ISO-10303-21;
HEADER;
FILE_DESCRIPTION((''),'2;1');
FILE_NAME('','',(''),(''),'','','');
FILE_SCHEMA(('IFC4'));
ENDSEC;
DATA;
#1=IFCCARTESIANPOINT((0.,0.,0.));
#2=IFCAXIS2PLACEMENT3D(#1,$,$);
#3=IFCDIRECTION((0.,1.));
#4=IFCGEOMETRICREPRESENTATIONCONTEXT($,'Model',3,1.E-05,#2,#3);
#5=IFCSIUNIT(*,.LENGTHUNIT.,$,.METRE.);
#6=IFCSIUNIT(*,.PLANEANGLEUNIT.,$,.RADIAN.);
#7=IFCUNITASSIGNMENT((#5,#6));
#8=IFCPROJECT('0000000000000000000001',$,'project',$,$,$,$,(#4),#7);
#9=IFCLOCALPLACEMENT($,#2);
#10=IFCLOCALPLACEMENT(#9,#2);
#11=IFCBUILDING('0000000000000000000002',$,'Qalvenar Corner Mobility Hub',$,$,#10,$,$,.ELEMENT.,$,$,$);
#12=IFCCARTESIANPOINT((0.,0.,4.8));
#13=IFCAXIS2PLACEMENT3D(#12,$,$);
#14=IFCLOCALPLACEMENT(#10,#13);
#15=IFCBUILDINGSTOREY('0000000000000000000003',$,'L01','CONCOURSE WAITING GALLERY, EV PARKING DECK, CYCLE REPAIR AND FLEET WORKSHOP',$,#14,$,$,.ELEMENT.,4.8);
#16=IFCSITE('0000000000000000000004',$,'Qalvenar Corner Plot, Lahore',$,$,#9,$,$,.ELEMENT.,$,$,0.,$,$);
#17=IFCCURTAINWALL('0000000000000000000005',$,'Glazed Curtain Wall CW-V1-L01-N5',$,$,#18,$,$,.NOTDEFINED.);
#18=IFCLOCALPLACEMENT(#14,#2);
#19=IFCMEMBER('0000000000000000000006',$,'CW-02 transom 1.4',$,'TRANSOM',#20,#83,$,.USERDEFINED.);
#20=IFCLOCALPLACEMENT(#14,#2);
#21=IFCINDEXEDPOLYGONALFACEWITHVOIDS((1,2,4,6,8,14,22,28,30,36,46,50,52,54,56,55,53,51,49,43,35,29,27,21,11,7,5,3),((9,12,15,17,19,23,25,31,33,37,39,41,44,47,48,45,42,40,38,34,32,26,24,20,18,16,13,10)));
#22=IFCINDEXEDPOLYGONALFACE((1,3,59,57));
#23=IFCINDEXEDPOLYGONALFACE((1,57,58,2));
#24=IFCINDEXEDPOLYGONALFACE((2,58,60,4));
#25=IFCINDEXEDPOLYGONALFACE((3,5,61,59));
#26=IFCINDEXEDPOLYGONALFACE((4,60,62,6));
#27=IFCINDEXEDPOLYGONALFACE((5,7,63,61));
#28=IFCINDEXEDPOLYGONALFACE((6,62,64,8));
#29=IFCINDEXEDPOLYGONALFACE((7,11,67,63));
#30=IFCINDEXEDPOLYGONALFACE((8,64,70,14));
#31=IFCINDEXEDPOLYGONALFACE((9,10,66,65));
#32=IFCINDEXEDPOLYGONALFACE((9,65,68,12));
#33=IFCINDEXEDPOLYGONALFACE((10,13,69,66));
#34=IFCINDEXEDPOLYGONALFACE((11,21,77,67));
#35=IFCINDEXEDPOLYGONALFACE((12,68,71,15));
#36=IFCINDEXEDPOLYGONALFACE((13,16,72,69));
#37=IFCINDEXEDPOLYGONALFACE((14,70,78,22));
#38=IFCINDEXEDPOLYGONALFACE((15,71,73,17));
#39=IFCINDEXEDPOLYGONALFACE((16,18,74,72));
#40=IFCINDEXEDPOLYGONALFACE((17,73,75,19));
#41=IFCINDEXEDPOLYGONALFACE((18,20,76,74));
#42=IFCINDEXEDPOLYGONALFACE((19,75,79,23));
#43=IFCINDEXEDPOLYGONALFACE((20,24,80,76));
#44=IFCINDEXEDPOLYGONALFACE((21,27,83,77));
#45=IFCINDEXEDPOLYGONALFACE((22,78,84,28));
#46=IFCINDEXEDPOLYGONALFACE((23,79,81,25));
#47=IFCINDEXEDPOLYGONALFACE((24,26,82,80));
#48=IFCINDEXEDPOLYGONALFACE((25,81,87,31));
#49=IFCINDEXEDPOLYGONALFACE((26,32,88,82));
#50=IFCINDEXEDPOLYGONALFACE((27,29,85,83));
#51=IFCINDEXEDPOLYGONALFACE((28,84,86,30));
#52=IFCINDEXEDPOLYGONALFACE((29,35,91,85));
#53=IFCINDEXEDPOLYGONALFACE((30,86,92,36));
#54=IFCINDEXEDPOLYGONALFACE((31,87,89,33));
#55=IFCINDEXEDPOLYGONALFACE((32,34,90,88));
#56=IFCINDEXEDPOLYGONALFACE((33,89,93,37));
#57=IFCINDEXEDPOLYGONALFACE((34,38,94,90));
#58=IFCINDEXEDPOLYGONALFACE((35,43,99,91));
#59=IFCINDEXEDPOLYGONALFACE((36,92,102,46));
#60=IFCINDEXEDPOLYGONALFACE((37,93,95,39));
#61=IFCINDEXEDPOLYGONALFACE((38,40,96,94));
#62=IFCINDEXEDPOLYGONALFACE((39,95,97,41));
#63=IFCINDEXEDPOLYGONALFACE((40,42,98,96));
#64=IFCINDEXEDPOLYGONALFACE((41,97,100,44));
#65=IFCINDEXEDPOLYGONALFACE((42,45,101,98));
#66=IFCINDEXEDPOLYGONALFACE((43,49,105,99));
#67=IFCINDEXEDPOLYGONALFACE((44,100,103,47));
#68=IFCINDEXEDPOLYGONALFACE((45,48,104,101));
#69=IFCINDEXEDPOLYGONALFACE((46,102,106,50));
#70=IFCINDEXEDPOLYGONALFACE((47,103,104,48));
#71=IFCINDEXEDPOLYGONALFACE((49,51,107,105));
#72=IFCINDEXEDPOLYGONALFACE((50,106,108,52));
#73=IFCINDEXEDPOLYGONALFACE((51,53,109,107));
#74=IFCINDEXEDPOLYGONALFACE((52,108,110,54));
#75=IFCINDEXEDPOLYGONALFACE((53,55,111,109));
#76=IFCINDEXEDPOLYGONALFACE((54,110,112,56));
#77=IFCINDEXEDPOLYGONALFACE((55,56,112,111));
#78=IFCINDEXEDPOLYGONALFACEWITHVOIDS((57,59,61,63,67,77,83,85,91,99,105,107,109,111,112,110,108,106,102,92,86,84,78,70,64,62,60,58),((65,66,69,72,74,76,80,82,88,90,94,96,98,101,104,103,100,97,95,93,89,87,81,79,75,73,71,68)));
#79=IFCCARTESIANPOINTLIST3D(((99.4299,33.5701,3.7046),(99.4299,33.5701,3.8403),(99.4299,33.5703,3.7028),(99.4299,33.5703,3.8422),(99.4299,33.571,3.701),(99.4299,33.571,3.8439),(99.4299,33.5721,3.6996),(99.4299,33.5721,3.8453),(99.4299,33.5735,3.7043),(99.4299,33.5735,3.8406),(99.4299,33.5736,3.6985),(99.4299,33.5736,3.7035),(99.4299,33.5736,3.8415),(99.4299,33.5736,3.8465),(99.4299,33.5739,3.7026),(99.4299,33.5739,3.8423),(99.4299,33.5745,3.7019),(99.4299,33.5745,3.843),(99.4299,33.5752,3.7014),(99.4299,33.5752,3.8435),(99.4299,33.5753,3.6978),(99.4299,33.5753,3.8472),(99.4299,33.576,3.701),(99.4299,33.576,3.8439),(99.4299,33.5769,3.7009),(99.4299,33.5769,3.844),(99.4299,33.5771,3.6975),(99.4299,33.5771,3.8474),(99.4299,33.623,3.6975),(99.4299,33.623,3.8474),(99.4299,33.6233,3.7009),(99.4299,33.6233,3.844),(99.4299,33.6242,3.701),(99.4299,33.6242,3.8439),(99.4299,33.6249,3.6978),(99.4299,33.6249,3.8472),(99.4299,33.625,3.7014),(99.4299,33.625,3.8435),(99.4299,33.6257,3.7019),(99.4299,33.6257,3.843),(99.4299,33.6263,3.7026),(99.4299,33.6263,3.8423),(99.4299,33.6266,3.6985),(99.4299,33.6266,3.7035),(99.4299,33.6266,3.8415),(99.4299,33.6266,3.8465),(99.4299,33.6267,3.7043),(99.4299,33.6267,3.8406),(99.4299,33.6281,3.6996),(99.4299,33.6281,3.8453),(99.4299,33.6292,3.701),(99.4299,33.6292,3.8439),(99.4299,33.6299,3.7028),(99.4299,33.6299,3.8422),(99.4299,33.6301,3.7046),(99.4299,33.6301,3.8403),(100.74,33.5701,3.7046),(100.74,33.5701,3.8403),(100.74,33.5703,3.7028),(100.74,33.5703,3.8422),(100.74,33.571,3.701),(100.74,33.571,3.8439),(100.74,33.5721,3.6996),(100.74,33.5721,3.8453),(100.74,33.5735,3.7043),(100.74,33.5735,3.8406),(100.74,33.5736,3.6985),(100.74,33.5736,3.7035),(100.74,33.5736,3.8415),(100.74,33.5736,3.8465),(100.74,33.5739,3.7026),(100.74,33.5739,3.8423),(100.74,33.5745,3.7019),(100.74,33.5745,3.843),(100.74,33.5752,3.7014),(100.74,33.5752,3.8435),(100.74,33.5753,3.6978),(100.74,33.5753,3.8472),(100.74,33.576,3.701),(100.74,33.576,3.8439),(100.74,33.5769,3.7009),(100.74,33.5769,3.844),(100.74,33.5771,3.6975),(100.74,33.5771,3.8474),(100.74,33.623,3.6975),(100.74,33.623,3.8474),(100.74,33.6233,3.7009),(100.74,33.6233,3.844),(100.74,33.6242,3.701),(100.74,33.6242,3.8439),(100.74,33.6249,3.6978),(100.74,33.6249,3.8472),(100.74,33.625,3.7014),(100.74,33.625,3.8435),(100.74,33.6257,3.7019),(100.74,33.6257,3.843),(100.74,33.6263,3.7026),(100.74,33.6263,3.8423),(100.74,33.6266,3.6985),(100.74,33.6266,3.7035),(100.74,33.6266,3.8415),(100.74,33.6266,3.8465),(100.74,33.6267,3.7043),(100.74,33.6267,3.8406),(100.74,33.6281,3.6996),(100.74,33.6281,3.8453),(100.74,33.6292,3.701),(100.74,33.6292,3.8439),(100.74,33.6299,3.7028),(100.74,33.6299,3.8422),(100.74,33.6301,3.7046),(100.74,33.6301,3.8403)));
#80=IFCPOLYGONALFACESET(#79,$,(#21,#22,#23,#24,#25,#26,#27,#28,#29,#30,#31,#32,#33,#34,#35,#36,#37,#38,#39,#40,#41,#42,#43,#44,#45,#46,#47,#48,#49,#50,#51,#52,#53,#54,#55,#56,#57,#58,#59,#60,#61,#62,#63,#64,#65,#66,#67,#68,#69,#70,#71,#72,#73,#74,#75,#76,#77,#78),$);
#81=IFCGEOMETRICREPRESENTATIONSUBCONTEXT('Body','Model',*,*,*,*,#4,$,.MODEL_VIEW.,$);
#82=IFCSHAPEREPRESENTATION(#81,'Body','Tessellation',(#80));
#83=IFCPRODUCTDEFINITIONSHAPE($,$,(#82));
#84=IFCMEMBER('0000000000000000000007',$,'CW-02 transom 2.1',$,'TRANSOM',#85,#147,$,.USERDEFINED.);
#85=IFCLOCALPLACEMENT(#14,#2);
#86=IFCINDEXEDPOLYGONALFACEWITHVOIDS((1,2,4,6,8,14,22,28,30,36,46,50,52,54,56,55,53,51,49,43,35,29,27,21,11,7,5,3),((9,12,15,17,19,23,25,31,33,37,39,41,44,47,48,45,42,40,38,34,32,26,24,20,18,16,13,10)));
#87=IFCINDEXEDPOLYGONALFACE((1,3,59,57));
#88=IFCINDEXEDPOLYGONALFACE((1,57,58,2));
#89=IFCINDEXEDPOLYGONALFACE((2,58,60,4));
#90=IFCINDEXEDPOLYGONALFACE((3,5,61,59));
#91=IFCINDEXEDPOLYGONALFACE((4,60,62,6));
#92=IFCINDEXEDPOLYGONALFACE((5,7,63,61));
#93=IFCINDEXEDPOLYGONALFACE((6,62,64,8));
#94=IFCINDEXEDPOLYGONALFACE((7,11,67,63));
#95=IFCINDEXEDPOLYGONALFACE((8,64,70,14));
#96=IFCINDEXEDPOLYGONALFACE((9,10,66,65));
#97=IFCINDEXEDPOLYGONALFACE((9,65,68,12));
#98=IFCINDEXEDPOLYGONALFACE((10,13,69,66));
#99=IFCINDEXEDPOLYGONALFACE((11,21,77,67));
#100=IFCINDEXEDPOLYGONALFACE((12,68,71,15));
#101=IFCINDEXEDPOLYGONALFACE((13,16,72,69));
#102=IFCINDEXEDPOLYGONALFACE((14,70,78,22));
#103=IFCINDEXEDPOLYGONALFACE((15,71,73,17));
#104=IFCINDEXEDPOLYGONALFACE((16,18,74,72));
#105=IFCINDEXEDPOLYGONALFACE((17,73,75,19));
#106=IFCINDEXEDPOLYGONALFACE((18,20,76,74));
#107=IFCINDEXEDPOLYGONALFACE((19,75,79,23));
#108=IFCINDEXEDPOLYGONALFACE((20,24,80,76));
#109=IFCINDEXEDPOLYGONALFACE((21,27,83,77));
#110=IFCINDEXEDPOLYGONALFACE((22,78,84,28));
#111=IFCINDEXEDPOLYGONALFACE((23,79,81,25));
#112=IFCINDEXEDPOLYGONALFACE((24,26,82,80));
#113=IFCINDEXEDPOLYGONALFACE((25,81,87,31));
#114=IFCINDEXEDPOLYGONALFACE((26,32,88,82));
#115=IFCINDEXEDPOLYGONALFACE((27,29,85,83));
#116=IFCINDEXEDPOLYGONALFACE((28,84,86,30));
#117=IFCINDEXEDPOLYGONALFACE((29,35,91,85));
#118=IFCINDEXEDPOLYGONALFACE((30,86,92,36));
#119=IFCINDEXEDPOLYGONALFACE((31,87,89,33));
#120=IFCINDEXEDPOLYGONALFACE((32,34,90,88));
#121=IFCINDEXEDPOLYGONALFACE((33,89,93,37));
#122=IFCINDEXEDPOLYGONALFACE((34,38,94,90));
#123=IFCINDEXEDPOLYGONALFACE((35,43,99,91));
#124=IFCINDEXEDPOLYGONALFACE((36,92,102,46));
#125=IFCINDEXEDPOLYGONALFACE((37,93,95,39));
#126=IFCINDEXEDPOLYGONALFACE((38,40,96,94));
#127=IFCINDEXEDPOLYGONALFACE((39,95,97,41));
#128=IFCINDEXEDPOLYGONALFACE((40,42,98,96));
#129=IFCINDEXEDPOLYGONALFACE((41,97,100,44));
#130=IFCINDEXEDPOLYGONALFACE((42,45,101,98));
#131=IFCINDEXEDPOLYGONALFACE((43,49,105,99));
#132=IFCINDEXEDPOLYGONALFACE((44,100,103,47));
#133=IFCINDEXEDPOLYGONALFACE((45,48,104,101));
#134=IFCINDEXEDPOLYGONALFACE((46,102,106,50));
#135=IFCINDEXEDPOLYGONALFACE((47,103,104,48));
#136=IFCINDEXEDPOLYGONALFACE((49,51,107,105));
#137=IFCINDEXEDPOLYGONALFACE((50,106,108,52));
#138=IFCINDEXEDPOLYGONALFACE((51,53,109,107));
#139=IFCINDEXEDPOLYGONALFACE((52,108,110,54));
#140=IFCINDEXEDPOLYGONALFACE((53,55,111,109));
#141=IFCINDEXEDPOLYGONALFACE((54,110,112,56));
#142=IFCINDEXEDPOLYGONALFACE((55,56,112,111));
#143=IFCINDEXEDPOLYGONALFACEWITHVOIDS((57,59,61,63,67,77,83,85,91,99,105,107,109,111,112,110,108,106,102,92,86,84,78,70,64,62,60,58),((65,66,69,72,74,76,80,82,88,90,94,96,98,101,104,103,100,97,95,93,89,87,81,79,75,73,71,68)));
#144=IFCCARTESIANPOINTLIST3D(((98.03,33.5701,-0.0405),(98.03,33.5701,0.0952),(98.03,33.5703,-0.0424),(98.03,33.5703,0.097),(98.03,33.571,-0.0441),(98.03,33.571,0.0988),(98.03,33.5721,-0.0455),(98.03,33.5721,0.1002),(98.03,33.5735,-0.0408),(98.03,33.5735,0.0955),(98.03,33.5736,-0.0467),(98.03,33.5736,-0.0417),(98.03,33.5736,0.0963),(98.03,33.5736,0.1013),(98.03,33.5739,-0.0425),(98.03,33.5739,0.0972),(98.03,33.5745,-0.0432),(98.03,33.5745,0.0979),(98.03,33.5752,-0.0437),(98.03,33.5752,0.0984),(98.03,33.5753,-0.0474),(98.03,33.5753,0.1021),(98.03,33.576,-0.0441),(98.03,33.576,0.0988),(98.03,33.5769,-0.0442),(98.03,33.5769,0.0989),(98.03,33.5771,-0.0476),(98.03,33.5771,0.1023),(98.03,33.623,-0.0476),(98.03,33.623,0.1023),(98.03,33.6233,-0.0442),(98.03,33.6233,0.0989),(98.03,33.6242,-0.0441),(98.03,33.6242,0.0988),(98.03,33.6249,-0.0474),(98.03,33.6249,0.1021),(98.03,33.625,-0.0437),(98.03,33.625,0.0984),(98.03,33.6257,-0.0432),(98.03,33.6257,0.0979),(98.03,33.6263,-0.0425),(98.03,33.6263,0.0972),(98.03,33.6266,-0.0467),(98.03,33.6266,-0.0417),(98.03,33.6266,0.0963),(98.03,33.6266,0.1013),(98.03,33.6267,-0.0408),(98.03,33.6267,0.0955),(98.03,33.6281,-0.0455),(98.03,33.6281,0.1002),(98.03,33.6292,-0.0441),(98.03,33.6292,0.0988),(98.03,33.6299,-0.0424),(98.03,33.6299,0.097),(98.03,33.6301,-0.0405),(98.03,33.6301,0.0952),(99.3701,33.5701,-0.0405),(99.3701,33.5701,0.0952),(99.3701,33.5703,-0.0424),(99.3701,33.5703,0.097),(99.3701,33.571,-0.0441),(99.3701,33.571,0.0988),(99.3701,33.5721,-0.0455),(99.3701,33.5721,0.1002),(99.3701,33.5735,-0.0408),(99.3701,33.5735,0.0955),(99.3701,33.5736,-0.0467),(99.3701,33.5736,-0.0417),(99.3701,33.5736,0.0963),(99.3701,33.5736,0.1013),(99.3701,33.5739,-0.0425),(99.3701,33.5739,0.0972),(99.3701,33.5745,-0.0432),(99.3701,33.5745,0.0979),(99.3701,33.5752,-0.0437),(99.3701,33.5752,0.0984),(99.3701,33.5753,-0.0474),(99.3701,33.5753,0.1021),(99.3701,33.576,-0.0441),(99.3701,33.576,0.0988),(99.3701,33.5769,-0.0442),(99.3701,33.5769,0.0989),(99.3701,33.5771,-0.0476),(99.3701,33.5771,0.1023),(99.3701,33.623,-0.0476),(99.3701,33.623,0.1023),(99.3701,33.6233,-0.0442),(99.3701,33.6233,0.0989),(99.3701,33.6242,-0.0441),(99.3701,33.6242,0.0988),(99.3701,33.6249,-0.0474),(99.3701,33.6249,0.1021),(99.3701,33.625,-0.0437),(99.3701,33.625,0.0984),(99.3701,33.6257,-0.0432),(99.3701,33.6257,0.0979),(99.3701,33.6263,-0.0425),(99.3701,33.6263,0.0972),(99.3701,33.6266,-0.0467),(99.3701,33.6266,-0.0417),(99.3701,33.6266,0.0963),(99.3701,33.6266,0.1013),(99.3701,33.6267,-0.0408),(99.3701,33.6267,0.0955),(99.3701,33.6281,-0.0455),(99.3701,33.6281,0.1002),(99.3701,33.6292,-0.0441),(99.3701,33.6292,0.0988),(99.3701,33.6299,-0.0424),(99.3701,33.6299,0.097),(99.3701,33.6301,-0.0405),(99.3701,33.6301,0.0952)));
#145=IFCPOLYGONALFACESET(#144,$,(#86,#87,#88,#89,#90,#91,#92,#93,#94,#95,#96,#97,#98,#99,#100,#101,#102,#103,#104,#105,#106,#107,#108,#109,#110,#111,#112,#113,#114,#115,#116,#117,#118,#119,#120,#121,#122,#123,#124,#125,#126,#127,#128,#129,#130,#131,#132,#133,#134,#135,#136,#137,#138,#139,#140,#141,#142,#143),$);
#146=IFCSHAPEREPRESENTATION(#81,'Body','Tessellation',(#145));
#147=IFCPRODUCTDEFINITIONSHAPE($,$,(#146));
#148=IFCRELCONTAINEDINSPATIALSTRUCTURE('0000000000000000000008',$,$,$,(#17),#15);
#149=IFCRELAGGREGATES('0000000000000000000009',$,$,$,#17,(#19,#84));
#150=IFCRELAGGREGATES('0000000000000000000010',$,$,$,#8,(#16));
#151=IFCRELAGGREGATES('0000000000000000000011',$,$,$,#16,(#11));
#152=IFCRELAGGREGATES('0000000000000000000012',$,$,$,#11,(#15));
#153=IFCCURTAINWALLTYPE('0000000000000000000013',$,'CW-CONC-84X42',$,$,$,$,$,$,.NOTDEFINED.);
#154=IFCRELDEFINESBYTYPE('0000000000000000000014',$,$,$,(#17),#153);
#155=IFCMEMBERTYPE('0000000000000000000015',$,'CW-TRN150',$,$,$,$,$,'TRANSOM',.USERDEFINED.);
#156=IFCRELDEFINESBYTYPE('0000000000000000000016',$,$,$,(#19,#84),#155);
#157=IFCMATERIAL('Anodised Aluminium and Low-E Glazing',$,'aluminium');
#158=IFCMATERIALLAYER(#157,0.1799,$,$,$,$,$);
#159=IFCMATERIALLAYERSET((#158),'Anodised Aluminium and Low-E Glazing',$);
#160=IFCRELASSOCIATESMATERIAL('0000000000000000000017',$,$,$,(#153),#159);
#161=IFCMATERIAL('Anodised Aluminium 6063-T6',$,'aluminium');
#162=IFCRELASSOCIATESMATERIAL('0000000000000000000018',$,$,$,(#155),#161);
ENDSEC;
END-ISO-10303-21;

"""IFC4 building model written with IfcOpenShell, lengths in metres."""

from ifc_helpers import new_model, si_unit, direction, frame, origin, origin_2d, place, context, subcontext, project, spatial, hollow_rectangle, extrude, material, layer, layer_set, material_profile, profile_set, type_object, element, aggregate, save


model = new_model("IFC4")

# Units and contexts
model_context = context("Model", 3, precision=1e-05, world=origin(), true_north=direction((0.0, 1.0)))
body_context = subcontext(model_context, "Body", "Model", "MODEL_VIEW")
ifc_project = project(units=[si_unit("LENGTHUNIT", "METRE"), si_unit("PLANEANGLEUNIT", "RADIAN")], contexts=[model_context])

# Site, building, storey
site_placement = place(None, origin())
site = spatial("IfcSite", under=ifc_project, at=site_placement, Name="Qalvenar Corner Plot, Lahore", CompositionType="ELEMENT", RefElevation=0.0)
building_placement = place(site_placement, origin())
building = spatial("IfcBuilding", under=site, at=building_placement, Name="Qalvenar Corner Mobility Hub", CompositionType="ELEMENT")
storey_placement = place(building_placement, frame((0.0, 0.0, 4.8)))
storey = spatial("IfcBuildingStorey", under=building, at=storey_placement, Name="L01", Description="CONCOURSE WAITING GALLERY, EV PARKING DECK, CYCLE REPAIR AND FLEET WORKSHOP", CompositionType="ELEMENT", Elevation=4.8)

# Curtain wall
ifc_material_1 = material(Name="Anodised Aluminium and Low-E Glazing", Category="aluminium")
ifc_layer_1 = layer(ifc_material_1, 0.1799)
ifc_layer_set_1 = layer_set([ifc_layer_1], Name="Anodised Aluminium and Low-E Glazing")
curtain_wall_type = type_object("IfcCurtainWallType", Name="CW-CONC-84X42", PredefinedType="NOTDEFINED", material=ifc_layer_set_1)
curtain_wall_1_placement = place(storey_placement, origin())
curtain_wall_1 = element("IfcCurtainWall", 1, at=curtain_wall_1_placement, inside=storey, type_object=curtain_wall_type, Name="Glazed Curtain Wall CW-V1-L01-N5", PredefinedType="NOTDEFINED")
ifc_material_2 = material(Name="Anodised Aluminium 6063-T6", Category="aluminium")

# Members
ifc_material_profile_1 = material_profile(ifc_material_2, hollow_rectangle(XDim=0.0601, YDim=0.1499, WallThickness=0.0034, InnerFilletRadius=0.0034, OuterFilletRadius=0.0071, at=origin_2d()), Name="RHS150x60x3.5")
ifc_profile_set_1 = profile_set([ifc_material_profile_1], Name="Anodised Aluminium 6063-T6")
member_type_1 = type_object("IfcMemberType", Name="CW-TRN150", ElementType="TRANSOM", PredefinedType="USERDEFINED", material=ifc_profile_set_1)
member_1_placement = place(storey_placement, frame((100.74, 33.6001, 3.7725), z_axis=(-1.0, 0.0, 0.0), x_axis=(0.0, -1.0, 0.0)))
member_1 = element("IfcMember", 2, at=member_1_placement, type_object=member_type_1, Name="CW-02 transom 1.4", ObjectType="TRANSOM", PredefinedType="USERDEFINED", context=body_context, shape_type="SweptSolid", body=[
    extrude(hollow_rectangle(XDim=0.0601, YDim=0.1499, WallThickness=0.0034, InnerFilletRadius=0.0034, OuterFilletRadius=0.0071, at=origin_2d()), origin(), (0.0, 0.0, 1.0), 1.3101),
])
member_2_placement = place(storey_placement, frame((99.3701, 33.6001, 0.0273), z_axis=(-1.0, 0.0, 0.0), x_axis=(0.0, -1.0, 0.0)))
member_2 = element("IfcMember", 3, at=member_2_placement, type_object=member_type_1, Name="CW-02 transom 2.1", ObjectType="TRANSOM", PredefinedType="USERDEFINED", context=body_context, shape_type="SweptSolid", body=[
    extrude(hollow_rectangle(XDim=0.0601, YDim=0.1499, WallThickness=0.0034, InnerFilletRadius=0.0034, OuterFilletRadius=0.0071, at=origin_2d()), origin(), (0.0, 0.0, 1.0), 1.3401),
])

aggregate(curtain_wall_1, [member_1, member_2])

save(model, "model.ifc")
